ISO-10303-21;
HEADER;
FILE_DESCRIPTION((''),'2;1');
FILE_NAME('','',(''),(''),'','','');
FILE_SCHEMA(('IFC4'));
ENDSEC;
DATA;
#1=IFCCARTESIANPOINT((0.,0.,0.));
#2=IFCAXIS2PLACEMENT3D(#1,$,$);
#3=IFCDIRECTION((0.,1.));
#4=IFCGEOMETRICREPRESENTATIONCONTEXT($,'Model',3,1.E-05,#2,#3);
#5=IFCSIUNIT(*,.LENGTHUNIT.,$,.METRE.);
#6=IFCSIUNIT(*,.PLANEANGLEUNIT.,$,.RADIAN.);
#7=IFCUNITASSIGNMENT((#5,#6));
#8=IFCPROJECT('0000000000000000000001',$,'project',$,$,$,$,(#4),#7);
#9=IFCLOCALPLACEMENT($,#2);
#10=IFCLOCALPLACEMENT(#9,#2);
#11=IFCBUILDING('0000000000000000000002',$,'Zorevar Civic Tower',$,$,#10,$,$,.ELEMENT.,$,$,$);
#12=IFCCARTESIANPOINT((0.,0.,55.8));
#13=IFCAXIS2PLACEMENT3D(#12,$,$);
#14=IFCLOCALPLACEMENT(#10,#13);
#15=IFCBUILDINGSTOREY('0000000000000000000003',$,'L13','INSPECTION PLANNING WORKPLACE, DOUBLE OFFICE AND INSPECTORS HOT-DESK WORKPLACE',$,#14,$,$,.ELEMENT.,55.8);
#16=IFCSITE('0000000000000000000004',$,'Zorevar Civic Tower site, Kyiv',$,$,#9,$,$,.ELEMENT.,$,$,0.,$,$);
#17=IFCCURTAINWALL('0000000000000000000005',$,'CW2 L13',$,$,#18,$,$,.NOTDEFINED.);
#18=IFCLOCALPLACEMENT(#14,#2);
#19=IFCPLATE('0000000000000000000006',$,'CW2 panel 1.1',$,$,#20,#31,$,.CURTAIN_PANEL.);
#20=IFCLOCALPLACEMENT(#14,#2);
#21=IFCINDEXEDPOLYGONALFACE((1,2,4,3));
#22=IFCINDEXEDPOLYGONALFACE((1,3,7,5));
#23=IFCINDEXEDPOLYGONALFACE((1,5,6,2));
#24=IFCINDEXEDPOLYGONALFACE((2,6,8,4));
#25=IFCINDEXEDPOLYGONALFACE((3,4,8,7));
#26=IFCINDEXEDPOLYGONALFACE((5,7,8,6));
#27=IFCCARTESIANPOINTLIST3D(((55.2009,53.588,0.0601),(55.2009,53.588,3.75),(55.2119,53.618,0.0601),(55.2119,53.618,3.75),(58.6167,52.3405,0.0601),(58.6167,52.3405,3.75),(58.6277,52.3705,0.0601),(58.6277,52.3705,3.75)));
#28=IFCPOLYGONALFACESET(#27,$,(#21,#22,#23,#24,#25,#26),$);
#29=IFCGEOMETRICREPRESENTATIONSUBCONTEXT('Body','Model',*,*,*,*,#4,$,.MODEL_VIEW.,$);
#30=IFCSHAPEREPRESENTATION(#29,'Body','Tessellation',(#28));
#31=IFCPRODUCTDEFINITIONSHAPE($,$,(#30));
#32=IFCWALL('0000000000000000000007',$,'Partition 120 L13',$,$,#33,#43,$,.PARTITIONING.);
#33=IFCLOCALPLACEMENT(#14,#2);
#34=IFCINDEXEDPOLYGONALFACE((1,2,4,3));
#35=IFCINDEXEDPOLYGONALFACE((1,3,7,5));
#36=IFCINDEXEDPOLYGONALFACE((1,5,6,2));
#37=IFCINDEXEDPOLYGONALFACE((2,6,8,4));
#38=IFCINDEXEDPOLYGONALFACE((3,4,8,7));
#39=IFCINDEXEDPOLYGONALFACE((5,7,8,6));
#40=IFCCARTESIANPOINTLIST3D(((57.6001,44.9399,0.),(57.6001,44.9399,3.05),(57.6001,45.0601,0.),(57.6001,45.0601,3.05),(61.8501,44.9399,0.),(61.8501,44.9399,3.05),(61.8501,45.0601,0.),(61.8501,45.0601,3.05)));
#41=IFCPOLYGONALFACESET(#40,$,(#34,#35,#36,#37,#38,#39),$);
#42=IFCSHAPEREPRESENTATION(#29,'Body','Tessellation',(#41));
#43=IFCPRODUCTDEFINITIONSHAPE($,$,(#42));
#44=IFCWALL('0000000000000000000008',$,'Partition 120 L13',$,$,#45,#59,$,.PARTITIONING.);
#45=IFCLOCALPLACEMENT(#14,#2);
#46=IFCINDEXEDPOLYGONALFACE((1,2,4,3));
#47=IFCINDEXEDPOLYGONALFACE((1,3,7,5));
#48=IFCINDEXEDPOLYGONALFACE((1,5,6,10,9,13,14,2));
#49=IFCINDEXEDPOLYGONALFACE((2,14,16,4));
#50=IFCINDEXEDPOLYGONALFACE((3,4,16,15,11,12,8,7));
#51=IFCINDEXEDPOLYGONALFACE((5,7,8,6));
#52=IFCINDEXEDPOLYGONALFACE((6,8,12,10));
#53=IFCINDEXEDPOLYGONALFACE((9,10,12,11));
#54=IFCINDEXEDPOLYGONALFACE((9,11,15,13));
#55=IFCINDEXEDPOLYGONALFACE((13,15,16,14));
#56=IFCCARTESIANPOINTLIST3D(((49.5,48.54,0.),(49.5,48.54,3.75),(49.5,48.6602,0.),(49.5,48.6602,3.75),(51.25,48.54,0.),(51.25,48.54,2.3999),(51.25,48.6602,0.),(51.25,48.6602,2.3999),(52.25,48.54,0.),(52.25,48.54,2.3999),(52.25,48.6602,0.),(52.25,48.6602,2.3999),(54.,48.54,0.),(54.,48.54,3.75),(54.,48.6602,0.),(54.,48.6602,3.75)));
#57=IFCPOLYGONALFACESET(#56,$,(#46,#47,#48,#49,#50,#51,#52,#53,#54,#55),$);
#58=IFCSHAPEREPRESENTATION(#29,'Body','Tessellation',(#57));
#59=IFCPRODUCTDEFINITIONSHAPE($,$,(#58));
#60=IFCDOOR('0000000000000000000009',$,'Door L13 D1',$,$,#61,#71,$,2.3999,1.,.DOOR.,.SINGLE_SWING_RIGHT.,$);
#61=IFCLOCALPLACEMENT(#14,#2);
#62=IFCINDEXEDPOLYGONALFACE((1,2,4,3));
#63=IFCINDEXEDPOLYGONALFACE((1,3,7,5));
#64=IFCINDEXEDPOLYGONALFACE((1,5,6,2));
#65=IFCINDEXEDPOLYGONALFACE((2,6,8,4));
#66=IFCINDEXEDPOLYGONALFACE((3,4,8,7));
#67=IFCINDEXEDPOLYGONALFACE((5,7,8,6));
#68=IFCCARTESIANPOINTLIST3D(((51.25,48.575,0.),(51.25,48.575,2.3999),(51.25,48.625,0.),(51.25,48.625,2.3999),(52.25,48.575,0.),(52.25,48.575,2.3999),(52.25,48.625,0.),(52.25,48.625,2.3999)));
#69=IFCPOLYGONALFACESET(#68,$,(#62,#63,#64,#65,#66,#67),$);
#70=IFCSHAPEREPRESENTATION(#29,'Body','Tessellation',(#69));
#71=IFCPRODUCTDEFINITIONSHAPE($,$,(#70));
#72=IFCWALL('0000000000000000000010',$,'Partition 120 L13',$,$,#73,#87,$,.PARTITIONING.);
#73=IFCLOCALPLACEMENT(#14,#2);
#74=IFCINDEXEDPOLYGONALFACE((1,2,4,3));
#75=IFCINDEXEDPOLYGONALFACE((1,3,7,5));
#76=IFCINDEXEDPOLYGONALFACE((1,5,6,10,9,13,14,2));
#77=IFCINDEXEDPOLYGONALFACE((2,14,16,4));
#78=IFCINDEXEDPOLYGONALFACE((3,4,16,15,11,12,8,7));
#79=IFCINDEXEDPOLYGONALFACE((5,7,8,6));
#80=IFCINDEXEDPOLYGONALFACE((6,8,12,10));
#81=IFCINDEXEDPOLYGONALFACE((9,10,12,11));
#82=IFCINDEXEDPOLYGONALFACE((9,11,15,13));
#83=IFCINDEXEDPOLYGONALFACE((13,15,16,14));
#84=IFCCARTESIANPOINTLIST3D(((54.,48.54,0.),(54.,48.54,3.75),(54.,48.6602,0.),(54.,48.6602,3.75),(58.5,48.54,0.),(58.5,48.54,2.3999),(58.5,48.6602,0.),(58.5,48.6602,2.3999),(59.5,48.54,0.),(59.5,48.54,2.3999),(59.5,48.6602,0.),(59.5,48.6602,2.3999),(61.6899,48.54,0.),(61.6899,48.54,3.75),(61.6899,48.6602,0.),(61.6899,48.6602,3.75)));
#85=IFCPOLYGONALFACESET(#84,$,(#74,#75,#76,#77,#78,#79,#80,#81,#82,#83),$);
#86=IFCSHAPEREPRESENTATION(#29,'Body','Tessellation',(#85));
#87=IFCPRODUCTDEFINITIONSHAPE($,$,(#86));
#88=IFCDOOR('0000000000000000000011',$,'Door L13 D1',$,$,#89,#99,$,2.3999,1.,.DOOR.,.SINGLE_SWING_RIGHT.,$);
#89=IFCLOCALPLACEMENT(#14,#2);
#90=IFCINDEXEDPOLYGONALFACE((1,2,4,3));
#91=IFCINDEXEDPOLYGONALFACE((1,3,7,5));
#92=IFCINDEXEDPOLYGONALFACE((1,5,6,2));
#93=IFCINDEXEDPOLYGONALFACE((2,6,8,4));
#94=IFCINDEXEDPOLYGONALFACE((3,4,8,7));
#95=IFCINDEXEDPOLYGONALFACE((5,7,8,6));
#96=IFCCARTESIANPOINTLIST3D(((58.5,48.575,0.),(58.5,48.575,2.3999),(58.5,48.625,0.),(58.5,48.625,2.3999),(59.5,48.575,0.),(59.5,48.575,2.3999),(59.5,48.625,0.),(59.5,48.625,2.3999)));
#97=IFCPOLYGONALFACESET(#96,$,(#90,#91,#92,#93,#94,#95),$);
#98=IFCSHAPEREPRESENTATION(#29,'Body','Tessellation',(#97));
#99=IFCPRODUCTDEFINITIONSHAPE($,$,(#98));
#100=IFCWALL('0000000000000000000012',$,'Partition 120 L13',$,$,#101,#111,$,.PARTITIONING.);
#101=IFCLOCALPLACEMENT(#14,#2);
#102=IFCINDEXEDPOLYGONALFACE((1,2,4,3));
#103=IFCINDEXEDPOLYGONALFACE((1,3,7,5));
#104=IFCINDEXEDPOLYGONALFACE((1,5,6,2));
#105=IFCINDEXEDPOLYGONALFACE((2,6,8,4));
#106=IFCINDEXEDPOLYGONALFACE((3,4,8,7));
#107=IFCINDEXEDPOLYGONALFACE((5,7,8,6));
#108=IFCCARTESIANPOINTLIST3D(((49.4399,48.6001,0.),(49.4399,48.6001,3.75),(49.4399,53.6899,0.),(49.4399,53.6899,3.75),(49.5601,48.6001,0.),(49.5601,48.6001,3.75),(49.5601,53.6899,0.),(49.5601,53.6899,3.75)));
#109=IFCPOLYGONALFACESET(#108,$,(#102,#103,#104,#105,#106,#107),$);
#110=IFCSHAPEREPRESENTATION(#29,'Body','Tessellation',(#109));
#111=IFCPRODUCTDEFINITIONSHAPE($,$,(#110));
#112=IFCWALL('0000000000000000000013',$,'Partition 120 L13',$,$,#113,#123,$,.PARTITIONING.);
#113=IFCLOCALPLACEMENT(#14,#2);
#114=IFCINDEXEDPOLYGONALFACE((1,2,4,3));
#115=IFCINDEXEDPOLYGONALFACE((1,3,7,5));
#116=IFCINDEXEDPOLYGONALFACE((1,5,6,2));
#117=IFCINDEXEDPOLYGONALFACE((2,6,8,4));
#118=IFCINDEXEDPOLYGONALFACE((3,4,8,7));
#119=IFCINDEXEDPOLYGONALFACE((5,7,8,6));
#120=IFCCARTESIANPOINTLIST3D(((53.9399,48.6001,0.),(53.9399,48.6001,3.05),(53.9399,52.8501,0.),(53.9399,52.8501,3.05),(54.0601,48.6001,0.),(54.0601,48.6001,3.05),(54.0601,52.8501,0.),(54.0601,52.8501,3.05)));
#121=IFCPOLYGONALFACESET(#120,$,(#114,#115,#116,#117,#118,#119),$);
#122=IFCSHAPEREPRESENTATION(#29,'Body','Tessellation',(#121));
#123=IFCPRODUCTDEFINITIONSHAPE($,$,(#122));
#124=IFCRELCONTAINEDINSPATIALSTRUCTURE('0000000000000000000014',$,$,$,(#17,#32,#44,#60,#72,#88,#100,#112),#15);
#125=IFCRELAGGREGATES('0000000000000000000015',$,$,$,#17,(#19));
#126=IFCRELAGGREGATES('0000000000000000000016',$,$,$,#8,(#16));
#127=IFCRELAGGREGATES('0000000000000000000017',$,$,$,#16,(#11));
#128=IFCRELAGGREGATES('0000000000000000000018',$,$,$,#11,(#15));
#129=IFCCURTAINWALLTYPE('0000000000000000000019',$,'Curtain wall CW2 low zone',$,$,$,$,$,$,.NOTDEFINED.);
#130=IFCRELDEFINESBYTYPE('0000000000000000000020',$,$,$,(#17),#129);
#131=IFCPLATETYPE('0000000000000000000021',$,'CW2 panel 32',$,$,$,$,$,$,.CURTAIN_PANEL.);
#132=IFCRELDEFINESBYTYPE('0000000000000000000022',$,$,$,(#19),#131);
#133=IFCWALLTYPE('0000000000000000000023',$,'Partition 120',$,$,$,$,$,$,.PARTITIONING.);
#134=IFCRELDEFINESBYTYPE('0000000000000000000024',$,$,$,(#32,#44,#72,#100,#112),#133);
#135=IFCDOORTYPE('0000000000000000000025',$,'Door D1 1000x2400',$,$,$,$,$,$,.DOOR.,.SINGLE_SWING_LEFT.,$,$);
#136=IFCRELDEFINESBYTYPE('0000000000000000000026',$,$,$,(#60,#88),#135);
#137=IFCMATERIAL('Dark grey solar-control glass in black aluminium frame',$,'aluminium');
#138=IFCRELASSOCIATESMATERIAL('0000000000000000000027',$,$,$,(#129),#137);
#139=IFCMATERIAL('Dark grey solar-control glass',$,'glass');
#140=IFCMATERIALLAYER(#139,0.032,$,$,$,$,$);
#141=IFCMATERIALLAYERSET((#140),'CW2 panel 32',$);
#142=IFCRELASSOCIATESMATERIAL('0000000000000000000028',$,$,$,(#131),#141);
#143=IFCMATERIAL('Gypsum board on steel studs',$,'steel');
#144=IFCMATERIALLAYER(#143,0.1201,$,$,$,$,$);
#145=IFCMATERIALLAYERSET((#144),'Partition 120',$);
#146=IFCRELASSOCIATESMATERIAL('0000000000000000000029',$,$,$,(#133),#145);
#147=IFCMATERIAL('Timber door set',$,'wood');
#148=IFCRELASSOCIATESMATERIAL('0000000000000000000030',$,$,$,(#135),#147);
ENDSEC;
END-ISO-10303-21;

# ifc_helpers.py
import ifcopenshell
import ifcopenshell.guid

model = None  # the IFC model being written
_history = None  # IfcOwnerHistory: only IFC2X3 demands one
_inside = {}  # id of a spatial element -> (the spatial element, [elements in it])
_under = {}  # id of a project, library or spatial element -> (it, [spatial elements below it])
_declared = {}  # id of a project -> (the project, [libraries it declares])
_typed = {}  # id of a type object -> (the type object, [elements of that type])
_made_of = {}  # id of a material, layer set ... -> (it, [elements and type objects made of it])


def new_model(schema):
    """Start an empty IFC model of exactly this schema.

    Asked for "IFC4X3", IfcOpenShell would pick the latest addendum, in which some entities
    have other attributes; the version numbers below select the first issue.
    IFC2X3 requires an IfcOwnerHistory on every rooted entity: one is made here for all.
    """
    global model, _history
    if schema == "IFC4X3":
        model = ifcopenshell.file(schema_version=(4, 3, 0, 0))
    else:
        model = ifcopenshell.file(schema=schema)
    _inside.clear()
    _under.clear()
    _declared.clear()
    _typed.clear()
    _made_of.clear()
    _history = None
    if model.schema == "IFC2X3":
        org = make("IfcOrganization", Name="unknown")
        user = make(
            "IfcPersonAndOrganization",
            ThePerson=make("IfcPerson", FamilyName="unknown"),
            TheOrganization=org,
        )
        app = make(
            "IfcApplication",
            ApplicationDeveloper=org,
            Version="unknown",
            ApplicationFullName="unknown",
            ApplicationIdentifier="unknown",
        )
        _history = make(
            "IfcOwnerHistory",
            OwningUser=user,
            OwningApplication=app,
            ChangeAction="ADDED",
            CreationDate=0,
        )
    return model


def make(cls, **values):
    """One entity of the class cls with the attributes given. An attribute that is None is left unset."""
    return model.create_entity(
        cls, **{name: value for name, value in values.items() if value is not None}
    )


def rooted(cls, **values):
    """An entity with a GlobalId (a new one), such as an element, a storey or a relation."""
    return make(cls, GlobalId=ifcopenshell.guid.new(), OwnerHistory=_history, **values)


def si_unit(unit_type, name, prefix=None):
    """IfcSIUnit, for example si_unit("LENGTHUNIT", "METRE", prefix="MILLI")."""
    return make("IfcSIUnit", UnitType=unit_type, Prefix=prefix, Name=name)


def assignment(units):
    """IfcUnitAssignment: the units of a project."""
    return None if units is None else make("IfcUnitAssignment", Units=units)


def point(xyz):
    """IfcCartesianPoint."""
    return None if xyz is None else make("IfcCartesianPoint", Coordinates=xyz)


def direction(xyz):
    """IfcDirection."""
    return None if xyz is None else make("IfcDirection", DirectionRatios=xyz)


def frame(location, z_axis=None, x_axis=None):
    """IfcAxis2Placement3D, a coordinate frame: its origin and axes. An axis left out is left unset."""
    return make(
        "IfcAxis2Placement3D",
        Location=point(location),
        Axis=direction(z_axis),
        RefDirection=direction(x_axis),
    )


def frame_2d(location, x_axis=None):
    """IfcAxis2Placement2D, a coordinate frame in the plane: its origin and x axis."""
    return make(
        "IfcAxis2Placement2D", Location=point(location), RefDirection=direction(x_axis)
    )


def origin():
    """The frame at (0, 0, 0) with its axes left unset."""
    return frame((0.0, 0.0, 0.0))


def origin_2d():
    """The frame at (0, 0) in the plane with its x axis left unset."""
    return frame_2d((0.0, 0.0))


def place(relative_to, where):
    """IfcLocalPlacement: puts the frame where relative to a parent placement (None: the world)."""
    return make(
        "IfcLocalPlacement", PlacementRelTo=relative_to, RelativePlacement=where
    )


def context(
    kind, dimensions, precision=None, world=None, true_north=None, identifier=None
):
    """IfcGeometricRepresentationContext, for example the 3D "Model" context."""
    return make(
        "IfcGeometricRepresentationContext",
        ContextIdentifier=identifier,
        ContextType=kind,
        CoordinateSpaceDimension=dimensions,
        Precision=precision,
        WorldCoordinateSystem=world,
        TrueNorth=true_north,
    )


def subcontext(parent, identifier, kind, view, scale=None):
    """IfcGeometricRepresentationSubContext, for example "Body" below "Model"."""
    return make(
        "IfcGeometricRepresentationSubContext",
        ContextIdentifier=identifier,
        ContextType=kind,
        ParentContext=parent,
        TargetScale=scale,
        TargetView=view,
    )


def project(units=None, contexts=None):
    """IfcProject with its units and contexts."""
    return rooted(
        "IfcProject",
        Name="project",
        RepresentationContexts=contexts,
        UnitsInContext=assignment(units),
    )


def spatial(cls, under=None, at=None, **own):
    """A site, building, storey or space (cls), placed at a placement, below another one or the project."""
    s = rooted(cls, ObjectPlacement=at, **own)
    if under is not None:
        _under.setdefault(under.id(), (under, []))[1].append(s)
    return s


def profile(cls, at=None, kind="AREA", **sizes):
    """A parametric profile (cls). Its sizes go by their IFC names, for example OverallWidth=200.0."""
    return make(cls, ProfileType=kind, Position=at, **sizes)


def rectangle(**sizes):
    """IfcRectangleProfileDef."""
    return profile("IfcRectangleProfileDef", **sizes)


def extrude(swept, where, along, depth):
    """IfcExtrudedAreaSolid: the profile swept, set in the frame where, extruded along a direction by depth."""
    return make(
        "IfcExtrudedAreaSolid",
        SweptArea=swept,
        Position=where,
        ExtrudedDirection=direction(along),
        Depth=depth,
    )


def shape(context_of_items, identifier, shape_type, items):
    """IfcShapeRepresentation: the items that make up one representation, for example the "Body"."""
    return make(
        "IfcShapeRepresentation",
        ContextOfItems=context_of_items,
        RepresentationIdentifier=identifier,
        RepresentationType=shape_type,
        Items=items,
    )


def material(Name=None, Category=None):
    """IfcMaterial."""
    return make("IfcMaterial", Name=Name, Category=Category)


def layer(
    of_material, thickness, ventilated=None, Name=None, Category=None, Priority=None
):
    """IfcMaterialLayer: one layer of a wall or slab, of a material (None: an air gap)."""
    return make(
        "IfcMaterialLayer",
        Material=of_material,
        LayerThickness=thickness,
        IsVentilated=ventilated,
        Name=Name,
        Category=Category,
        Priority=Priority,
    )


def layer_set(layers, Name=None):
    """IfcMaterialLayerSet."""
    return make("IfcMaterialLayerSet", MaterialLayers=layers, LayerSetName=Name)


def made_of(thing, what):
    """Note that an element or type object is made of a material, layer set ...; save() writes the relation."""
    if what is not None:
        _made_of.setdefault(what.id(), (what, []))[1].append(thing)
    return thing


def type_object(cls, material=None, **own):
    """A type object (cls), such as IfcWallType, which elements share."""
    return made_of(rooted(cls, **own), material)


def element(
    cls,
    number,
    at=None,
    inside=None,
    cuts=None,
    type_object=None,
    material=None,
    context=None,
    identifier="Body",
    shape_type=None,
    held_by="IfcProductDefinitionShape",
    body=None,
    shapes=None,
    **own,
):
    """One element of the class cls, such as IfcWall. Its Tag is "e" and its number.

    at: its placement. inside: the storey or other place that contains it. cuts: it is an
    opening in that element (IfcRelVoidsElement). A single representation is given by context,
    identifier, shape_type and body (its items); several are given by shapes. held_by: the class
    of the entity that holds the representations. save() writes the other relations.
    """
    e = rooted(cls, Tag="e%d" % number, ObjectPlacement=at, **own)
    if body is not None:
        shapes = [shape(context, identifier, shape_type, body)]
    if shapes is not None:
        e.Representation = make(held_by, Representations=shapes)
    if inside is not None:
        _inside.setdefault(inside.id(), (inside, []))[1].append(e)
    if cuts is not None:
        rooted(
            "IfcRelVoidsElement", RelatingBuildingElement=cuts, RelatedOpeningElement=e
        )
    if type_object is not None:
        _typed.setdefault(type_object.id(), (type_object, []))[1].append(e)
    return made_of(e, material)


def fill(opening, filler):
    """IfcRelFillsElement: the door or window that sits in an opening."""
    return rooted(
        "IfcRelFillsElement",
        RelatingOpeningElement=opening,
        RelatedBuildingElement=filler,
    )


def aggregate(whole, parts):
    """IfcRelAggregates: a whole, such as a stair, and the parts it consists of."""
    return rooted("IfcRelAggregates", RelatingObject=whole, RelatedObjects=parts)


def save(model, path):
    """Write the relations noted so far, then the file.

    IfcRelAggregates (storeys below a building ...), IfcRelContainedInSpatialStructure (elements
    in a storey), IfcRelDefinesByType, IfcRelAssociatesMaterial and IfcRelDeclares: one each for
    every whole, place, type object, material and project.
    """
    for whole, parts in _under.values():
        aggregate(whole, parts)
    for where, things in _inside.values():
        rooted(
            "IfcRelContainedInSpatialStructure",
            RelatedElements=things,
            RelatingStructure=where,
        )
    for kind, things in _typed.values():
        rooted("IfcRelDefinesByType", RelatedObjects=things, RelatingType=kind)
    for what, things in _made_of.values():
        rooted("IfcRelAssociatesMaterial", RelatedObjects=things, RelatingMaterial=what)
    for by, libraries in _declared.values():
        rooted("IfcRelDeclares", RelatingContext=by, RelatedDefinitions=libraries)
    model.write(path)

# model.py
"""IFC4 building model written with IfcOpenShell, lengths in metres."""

from ifc_helpers import new_model, si_unit, direction, frame, frame_2d, origin, origin_2d, place, context, subcontext, project, spatial, rectangle, extrude, material, layer, layer_set, type_object, element, fill, aggregate, save


model = new_model("IFC4")

# Units and contexts
model_context = context("Model", 3, precision=1e-05, world=origin(), true_north=direction((0.0, 1.0)))
body_context = subcontext(model_context, "Body", "Model", "MODEL_VIEW")
ifc_project = project(units=[si_unit("LENGTHUNIT", "METRE"), si_unit("PLANEANGLEUNIT", "RADIAN")], contexts=[model_context])

# Site, building, storey
site_placement = place(None, origin())
site = spatial("IfcSite", under=ifc_project, at=site_placement, Name="Zorevar Civic Tower site, Kyiv", CompositionType="ELEMENT", RefElevation=0.0)
building_placement = place(site_placement, origin())
building = spatial("IfcBuilding", under=site, at=building_placement, Name="Zorevar Civic Tower", CompositionType="ELEMENT")
storey_placement = place(building_placement, frame((0.0, 0.0, 55.8)))
storey = spatial("IfcBuildingStorey", under=building, at=storey_placement, Name="L13", Description="INSPECTION PLANNING WORKPLACE, DOUBLE OFFICE AND INSPECTORS HOT-DESK WORKPLACE", CompositionType="ELEMENT", Elevation=55.8)

# Curtain wall
ifc_material_1 = material(Name="Dark grey solar-control glass in black aluminium frame", Category="aluminium")
curtain_wall_type = type_object("IfcCurtainWallType", Name="Curtain wall CW2 low zone", PredefinedType="NOTDEFINED", material=ifc_material_1)
curtain_wall_1_placement = place(storey_placement, origin())
curtain_wall_1 = element("IfcCurtainWall", 1, at=curtain_wall_1_placement, inside=storey, type_object=curtain_wall_type, Name="CW2 L13", PredefinedType="NOTDEFINED")

# Plate
ifc_material_2 = material(Name="Dark grey solar-control glass", Category="glass")
ifc_layer_1 = layer(ifc_material_2, 0.032)
ifc_layer_set_1 = layer_set([ifc_layer_1], Name="CW2 panel 32")
plate_type = type_object("IfcPlateType", Name="CW2 panel 32", PredefinedType="CURTAIN_PANEL", material=ifc_layer_set_1)
plate_1_placement = place(storey_placement, frame((56.9143, 52.9792, 0.0601), z_axis=(0.0, 0.0, 1.0), x_axis=(-0.939313, 0.34306, 0.0)))
plate_1 = element("IfcPlate", 2, at=plate_1_placement, type_object=plate_type, Name="CW2 panel 1.1", PredefinedType="CURTAIN_PANEL", context=body_context, shape_type="SweptSolid", body=[
    extrude(rectangle(XDim=3.6365, YDim=0.032, at=origin_2d()), origin(), (0.0, 0.0, 1.0), 3.6899),
])
aggregate(curtain_wall_1, [plate_1])

# Wall
ifc_material_3 = material(Name="Gypsum board on steel studs", Category="steel")
ifc_layer_2 = layer(ifc_material_3, 0.1201)
ifc_layer_set_2 = layer_set([ifc_layer_2], Name="Partition 120")
wall_type = type_object("IfcWallType", Name="Partition 120", PredefinedType="PARTITIONING", material=ifc_layer_set_2)
wall_1_placement = place(storey_placement, frame((57.6001, 45.0, 0.0), z_axis=(0.0, 0.0, 1.0), x_axis=(1.0, 0.0, 0.0)))
element("IfcWall", 3, at=wall_1_placement, inside=storey, type_object=wall_type, Name="Partition 120 L13", PredefinedType="PARTITIONING", context=body_context, shape_type="SweptSolid", body=[
    extrude(rectangle(XDim=4.25, YDim=0.1201, at=frame_2d((2.125, 0.0))), origin(), (0.0, 0.0, 1.0), 3.05),
])

# Walls, openings, doors
wall_2_placement = place(storey_placement, frame((49.5, 48.6001, 0.0), z_axis=(0.0, 0.0, 1.0), x_axis=(1.0, 0.0, 0.0)))
wall_2 = element("IfcWall", 4, at=wall_2_placement, inside=storey, type_object=wall_type, Name="Partition 120 L13", PredefinedType="PARTITIONING", context=body_context, shape_type="SweptSolid", body=[
    extrude(rectangle(XDim=4.5, YDim=0.1201, at=frame_2d((2.25, 0.0))), origin(), (0.0, 0.0, 1.0), 3.75),
])
opening_1_placement = place(wall_2_placement, frame((1.75, 0.0, 0.0)))
opening_1 = element("IfcOpeningElement", 5, at=opening_1_placement, cuts=wall_2, PredefinedType="OPENING", context=body_context, shape_type="SweptSolid", body=[
    extrude(rectangle(XDim=1.0, YDim=2.3999, at=frame_2d((0.5, 1.2))), frame((0.0, 0.0701, 0.0), z_axis=(0.0, -1.0, 0.0), x_axis=(1.0, 0.0, 0.0)), (0.0, 0.0, 1.0), 0.1401),
])
ifc_material_4 = material(Name="Timber door set", Category="wood")
door_type = type_object("IfcDoorType", Name="Door D1 1000x2400", OperationType="SINGLE_SWING_LEFT", PredefinedType="DOOR", material=ifc_material_4)
door_1_placement = place(opening_1_placement, origin())
door_1 = element("IfcDoor", 6, at=door_1_placement, inside=storey, type_object=door_type, Name="Door L13 D1", OperationType="SINGLE_SWING_RIGHT", OverallHeight=2.3999, OverallWidth=1.0, PredefinedType="DOOR", context=body_context, shape_type="SweptSolid", body=[
    extrude(rectangle(XDim=1.0, YDim=2.3999, at=frame_2d((0.5, 1.2))), frame((0.0, 0.0249, 0.0), z_axis=(0.0, -1.0, 0.0), x_axis=(1.0, 0.0, 0.0)), (0.0, 0.0, 1.0), 0.05),
])
fill(opening_1, door_1)
wall_3_placement = place(storey_placement, frame((54.0, 48.6001, 0.0), z_axis=(0.0, 0.0, 1.0), x_axis=(1.0, 0.0, 0.0)))
wall_3 = element("IfcWall", 7, at=wall_3_placement, inside=storey, type_object=wall_type, Name="Partition 120 L13", PredefinedType="PARTITIONING", context=body_context, shape_type="SweptSolid", body=[
    extrude(rectangle(XDim=7.6899, YDim=0.1201, at=frame_2d((3.845, 0.0))), origin(), (0.0, 0.0, 1.0), 3.75),
])
opening_2_placement = place(wall_3_placement, frame((4.5, 0.0, 0.0)))
opening_2 = element("IfcOpeningElement", 8, at=opening_2_placement, cuts=wall_3, PredefinedType="OPENING", context=body_context, shape_type="SweptSolid", body=[
    extrude(rectangle(XDim=1.0, YDim=2.3999, at=frame_2d((0.5, 1.2))), frame((0.0, 0.0701, 0.0), z_axis=(0.0, -1.0, 0.0), x_axis=(1.0, 0.0, 0.0)), (0.0, 0.0, 1.0), 0.1401),
])
door_2_placement = place(opening_2_placement, origin())
door_2 = element("IfcDoor", 9, at=door_2_placement, inside=storey, type_object=door_type, Name="Door L13 D1", OperationType="SINGLE_SWING_RIGHT", OverallHeight=2.3999, OverallWidth=1.0, PredefinedType="DOOR", context=body_context, shape_type="SweptSolid", body=[
    extrude(rectangle(XDim=1.0, YDim=2.3999, at=frame_2d((0.5, 1.2))), frame((0.0, 0.0249, 0.0), z_axis=(0.0, -1.0, 0.0), x_axis=(1.0, 0.0, 0.0)), (0.0, 0.0, 1.0), 0.05),
])
fill(opening_2, door_2)

# Walls
wall_4_placement = place(storey_placement, frame((49.5, 48.6001, 0.0), z_axis=(0.0, 0.0, 1.0), x_axis=(0.0, 1.0, 0.0)))
element("IfcWall", 10, at=wall_4_placement, inside=storey, type_object=wall_type, Name="Partition 120 L13", PredefinedType="PARTITIONING", context=body_context, shape_type="SweptSolid", body=[
    extrude(rectangle(XDim=5.0898, YDim=0.1201, at=frame_2d((2.5449, 0.0))), origin(), (0.0, 0.0, 1.0), 3.75),
])
wall_5_placement = place(storey_placement, frame((54.0, 48.6001, 0.0), z_axis=(0.0, 0.0, 1.0), x_axis=(0.0, 1.0, 0.0)))
element("IfcWall", 11, at=wall_5_placement, inside=storey, type_object=wall_type, Name="Partition 120 L13", PredefinedType="PARTITIONING", context=body_context, shape_type="SweptSolid", body=[
    extrude(rectangle(XDim=4.25, YDim=0.1201, at=frame_2d((2.125, 0.0))), origin(), (0.0, 0.0, 1.0), 3.05),
])

save(model, "model.ifc")
